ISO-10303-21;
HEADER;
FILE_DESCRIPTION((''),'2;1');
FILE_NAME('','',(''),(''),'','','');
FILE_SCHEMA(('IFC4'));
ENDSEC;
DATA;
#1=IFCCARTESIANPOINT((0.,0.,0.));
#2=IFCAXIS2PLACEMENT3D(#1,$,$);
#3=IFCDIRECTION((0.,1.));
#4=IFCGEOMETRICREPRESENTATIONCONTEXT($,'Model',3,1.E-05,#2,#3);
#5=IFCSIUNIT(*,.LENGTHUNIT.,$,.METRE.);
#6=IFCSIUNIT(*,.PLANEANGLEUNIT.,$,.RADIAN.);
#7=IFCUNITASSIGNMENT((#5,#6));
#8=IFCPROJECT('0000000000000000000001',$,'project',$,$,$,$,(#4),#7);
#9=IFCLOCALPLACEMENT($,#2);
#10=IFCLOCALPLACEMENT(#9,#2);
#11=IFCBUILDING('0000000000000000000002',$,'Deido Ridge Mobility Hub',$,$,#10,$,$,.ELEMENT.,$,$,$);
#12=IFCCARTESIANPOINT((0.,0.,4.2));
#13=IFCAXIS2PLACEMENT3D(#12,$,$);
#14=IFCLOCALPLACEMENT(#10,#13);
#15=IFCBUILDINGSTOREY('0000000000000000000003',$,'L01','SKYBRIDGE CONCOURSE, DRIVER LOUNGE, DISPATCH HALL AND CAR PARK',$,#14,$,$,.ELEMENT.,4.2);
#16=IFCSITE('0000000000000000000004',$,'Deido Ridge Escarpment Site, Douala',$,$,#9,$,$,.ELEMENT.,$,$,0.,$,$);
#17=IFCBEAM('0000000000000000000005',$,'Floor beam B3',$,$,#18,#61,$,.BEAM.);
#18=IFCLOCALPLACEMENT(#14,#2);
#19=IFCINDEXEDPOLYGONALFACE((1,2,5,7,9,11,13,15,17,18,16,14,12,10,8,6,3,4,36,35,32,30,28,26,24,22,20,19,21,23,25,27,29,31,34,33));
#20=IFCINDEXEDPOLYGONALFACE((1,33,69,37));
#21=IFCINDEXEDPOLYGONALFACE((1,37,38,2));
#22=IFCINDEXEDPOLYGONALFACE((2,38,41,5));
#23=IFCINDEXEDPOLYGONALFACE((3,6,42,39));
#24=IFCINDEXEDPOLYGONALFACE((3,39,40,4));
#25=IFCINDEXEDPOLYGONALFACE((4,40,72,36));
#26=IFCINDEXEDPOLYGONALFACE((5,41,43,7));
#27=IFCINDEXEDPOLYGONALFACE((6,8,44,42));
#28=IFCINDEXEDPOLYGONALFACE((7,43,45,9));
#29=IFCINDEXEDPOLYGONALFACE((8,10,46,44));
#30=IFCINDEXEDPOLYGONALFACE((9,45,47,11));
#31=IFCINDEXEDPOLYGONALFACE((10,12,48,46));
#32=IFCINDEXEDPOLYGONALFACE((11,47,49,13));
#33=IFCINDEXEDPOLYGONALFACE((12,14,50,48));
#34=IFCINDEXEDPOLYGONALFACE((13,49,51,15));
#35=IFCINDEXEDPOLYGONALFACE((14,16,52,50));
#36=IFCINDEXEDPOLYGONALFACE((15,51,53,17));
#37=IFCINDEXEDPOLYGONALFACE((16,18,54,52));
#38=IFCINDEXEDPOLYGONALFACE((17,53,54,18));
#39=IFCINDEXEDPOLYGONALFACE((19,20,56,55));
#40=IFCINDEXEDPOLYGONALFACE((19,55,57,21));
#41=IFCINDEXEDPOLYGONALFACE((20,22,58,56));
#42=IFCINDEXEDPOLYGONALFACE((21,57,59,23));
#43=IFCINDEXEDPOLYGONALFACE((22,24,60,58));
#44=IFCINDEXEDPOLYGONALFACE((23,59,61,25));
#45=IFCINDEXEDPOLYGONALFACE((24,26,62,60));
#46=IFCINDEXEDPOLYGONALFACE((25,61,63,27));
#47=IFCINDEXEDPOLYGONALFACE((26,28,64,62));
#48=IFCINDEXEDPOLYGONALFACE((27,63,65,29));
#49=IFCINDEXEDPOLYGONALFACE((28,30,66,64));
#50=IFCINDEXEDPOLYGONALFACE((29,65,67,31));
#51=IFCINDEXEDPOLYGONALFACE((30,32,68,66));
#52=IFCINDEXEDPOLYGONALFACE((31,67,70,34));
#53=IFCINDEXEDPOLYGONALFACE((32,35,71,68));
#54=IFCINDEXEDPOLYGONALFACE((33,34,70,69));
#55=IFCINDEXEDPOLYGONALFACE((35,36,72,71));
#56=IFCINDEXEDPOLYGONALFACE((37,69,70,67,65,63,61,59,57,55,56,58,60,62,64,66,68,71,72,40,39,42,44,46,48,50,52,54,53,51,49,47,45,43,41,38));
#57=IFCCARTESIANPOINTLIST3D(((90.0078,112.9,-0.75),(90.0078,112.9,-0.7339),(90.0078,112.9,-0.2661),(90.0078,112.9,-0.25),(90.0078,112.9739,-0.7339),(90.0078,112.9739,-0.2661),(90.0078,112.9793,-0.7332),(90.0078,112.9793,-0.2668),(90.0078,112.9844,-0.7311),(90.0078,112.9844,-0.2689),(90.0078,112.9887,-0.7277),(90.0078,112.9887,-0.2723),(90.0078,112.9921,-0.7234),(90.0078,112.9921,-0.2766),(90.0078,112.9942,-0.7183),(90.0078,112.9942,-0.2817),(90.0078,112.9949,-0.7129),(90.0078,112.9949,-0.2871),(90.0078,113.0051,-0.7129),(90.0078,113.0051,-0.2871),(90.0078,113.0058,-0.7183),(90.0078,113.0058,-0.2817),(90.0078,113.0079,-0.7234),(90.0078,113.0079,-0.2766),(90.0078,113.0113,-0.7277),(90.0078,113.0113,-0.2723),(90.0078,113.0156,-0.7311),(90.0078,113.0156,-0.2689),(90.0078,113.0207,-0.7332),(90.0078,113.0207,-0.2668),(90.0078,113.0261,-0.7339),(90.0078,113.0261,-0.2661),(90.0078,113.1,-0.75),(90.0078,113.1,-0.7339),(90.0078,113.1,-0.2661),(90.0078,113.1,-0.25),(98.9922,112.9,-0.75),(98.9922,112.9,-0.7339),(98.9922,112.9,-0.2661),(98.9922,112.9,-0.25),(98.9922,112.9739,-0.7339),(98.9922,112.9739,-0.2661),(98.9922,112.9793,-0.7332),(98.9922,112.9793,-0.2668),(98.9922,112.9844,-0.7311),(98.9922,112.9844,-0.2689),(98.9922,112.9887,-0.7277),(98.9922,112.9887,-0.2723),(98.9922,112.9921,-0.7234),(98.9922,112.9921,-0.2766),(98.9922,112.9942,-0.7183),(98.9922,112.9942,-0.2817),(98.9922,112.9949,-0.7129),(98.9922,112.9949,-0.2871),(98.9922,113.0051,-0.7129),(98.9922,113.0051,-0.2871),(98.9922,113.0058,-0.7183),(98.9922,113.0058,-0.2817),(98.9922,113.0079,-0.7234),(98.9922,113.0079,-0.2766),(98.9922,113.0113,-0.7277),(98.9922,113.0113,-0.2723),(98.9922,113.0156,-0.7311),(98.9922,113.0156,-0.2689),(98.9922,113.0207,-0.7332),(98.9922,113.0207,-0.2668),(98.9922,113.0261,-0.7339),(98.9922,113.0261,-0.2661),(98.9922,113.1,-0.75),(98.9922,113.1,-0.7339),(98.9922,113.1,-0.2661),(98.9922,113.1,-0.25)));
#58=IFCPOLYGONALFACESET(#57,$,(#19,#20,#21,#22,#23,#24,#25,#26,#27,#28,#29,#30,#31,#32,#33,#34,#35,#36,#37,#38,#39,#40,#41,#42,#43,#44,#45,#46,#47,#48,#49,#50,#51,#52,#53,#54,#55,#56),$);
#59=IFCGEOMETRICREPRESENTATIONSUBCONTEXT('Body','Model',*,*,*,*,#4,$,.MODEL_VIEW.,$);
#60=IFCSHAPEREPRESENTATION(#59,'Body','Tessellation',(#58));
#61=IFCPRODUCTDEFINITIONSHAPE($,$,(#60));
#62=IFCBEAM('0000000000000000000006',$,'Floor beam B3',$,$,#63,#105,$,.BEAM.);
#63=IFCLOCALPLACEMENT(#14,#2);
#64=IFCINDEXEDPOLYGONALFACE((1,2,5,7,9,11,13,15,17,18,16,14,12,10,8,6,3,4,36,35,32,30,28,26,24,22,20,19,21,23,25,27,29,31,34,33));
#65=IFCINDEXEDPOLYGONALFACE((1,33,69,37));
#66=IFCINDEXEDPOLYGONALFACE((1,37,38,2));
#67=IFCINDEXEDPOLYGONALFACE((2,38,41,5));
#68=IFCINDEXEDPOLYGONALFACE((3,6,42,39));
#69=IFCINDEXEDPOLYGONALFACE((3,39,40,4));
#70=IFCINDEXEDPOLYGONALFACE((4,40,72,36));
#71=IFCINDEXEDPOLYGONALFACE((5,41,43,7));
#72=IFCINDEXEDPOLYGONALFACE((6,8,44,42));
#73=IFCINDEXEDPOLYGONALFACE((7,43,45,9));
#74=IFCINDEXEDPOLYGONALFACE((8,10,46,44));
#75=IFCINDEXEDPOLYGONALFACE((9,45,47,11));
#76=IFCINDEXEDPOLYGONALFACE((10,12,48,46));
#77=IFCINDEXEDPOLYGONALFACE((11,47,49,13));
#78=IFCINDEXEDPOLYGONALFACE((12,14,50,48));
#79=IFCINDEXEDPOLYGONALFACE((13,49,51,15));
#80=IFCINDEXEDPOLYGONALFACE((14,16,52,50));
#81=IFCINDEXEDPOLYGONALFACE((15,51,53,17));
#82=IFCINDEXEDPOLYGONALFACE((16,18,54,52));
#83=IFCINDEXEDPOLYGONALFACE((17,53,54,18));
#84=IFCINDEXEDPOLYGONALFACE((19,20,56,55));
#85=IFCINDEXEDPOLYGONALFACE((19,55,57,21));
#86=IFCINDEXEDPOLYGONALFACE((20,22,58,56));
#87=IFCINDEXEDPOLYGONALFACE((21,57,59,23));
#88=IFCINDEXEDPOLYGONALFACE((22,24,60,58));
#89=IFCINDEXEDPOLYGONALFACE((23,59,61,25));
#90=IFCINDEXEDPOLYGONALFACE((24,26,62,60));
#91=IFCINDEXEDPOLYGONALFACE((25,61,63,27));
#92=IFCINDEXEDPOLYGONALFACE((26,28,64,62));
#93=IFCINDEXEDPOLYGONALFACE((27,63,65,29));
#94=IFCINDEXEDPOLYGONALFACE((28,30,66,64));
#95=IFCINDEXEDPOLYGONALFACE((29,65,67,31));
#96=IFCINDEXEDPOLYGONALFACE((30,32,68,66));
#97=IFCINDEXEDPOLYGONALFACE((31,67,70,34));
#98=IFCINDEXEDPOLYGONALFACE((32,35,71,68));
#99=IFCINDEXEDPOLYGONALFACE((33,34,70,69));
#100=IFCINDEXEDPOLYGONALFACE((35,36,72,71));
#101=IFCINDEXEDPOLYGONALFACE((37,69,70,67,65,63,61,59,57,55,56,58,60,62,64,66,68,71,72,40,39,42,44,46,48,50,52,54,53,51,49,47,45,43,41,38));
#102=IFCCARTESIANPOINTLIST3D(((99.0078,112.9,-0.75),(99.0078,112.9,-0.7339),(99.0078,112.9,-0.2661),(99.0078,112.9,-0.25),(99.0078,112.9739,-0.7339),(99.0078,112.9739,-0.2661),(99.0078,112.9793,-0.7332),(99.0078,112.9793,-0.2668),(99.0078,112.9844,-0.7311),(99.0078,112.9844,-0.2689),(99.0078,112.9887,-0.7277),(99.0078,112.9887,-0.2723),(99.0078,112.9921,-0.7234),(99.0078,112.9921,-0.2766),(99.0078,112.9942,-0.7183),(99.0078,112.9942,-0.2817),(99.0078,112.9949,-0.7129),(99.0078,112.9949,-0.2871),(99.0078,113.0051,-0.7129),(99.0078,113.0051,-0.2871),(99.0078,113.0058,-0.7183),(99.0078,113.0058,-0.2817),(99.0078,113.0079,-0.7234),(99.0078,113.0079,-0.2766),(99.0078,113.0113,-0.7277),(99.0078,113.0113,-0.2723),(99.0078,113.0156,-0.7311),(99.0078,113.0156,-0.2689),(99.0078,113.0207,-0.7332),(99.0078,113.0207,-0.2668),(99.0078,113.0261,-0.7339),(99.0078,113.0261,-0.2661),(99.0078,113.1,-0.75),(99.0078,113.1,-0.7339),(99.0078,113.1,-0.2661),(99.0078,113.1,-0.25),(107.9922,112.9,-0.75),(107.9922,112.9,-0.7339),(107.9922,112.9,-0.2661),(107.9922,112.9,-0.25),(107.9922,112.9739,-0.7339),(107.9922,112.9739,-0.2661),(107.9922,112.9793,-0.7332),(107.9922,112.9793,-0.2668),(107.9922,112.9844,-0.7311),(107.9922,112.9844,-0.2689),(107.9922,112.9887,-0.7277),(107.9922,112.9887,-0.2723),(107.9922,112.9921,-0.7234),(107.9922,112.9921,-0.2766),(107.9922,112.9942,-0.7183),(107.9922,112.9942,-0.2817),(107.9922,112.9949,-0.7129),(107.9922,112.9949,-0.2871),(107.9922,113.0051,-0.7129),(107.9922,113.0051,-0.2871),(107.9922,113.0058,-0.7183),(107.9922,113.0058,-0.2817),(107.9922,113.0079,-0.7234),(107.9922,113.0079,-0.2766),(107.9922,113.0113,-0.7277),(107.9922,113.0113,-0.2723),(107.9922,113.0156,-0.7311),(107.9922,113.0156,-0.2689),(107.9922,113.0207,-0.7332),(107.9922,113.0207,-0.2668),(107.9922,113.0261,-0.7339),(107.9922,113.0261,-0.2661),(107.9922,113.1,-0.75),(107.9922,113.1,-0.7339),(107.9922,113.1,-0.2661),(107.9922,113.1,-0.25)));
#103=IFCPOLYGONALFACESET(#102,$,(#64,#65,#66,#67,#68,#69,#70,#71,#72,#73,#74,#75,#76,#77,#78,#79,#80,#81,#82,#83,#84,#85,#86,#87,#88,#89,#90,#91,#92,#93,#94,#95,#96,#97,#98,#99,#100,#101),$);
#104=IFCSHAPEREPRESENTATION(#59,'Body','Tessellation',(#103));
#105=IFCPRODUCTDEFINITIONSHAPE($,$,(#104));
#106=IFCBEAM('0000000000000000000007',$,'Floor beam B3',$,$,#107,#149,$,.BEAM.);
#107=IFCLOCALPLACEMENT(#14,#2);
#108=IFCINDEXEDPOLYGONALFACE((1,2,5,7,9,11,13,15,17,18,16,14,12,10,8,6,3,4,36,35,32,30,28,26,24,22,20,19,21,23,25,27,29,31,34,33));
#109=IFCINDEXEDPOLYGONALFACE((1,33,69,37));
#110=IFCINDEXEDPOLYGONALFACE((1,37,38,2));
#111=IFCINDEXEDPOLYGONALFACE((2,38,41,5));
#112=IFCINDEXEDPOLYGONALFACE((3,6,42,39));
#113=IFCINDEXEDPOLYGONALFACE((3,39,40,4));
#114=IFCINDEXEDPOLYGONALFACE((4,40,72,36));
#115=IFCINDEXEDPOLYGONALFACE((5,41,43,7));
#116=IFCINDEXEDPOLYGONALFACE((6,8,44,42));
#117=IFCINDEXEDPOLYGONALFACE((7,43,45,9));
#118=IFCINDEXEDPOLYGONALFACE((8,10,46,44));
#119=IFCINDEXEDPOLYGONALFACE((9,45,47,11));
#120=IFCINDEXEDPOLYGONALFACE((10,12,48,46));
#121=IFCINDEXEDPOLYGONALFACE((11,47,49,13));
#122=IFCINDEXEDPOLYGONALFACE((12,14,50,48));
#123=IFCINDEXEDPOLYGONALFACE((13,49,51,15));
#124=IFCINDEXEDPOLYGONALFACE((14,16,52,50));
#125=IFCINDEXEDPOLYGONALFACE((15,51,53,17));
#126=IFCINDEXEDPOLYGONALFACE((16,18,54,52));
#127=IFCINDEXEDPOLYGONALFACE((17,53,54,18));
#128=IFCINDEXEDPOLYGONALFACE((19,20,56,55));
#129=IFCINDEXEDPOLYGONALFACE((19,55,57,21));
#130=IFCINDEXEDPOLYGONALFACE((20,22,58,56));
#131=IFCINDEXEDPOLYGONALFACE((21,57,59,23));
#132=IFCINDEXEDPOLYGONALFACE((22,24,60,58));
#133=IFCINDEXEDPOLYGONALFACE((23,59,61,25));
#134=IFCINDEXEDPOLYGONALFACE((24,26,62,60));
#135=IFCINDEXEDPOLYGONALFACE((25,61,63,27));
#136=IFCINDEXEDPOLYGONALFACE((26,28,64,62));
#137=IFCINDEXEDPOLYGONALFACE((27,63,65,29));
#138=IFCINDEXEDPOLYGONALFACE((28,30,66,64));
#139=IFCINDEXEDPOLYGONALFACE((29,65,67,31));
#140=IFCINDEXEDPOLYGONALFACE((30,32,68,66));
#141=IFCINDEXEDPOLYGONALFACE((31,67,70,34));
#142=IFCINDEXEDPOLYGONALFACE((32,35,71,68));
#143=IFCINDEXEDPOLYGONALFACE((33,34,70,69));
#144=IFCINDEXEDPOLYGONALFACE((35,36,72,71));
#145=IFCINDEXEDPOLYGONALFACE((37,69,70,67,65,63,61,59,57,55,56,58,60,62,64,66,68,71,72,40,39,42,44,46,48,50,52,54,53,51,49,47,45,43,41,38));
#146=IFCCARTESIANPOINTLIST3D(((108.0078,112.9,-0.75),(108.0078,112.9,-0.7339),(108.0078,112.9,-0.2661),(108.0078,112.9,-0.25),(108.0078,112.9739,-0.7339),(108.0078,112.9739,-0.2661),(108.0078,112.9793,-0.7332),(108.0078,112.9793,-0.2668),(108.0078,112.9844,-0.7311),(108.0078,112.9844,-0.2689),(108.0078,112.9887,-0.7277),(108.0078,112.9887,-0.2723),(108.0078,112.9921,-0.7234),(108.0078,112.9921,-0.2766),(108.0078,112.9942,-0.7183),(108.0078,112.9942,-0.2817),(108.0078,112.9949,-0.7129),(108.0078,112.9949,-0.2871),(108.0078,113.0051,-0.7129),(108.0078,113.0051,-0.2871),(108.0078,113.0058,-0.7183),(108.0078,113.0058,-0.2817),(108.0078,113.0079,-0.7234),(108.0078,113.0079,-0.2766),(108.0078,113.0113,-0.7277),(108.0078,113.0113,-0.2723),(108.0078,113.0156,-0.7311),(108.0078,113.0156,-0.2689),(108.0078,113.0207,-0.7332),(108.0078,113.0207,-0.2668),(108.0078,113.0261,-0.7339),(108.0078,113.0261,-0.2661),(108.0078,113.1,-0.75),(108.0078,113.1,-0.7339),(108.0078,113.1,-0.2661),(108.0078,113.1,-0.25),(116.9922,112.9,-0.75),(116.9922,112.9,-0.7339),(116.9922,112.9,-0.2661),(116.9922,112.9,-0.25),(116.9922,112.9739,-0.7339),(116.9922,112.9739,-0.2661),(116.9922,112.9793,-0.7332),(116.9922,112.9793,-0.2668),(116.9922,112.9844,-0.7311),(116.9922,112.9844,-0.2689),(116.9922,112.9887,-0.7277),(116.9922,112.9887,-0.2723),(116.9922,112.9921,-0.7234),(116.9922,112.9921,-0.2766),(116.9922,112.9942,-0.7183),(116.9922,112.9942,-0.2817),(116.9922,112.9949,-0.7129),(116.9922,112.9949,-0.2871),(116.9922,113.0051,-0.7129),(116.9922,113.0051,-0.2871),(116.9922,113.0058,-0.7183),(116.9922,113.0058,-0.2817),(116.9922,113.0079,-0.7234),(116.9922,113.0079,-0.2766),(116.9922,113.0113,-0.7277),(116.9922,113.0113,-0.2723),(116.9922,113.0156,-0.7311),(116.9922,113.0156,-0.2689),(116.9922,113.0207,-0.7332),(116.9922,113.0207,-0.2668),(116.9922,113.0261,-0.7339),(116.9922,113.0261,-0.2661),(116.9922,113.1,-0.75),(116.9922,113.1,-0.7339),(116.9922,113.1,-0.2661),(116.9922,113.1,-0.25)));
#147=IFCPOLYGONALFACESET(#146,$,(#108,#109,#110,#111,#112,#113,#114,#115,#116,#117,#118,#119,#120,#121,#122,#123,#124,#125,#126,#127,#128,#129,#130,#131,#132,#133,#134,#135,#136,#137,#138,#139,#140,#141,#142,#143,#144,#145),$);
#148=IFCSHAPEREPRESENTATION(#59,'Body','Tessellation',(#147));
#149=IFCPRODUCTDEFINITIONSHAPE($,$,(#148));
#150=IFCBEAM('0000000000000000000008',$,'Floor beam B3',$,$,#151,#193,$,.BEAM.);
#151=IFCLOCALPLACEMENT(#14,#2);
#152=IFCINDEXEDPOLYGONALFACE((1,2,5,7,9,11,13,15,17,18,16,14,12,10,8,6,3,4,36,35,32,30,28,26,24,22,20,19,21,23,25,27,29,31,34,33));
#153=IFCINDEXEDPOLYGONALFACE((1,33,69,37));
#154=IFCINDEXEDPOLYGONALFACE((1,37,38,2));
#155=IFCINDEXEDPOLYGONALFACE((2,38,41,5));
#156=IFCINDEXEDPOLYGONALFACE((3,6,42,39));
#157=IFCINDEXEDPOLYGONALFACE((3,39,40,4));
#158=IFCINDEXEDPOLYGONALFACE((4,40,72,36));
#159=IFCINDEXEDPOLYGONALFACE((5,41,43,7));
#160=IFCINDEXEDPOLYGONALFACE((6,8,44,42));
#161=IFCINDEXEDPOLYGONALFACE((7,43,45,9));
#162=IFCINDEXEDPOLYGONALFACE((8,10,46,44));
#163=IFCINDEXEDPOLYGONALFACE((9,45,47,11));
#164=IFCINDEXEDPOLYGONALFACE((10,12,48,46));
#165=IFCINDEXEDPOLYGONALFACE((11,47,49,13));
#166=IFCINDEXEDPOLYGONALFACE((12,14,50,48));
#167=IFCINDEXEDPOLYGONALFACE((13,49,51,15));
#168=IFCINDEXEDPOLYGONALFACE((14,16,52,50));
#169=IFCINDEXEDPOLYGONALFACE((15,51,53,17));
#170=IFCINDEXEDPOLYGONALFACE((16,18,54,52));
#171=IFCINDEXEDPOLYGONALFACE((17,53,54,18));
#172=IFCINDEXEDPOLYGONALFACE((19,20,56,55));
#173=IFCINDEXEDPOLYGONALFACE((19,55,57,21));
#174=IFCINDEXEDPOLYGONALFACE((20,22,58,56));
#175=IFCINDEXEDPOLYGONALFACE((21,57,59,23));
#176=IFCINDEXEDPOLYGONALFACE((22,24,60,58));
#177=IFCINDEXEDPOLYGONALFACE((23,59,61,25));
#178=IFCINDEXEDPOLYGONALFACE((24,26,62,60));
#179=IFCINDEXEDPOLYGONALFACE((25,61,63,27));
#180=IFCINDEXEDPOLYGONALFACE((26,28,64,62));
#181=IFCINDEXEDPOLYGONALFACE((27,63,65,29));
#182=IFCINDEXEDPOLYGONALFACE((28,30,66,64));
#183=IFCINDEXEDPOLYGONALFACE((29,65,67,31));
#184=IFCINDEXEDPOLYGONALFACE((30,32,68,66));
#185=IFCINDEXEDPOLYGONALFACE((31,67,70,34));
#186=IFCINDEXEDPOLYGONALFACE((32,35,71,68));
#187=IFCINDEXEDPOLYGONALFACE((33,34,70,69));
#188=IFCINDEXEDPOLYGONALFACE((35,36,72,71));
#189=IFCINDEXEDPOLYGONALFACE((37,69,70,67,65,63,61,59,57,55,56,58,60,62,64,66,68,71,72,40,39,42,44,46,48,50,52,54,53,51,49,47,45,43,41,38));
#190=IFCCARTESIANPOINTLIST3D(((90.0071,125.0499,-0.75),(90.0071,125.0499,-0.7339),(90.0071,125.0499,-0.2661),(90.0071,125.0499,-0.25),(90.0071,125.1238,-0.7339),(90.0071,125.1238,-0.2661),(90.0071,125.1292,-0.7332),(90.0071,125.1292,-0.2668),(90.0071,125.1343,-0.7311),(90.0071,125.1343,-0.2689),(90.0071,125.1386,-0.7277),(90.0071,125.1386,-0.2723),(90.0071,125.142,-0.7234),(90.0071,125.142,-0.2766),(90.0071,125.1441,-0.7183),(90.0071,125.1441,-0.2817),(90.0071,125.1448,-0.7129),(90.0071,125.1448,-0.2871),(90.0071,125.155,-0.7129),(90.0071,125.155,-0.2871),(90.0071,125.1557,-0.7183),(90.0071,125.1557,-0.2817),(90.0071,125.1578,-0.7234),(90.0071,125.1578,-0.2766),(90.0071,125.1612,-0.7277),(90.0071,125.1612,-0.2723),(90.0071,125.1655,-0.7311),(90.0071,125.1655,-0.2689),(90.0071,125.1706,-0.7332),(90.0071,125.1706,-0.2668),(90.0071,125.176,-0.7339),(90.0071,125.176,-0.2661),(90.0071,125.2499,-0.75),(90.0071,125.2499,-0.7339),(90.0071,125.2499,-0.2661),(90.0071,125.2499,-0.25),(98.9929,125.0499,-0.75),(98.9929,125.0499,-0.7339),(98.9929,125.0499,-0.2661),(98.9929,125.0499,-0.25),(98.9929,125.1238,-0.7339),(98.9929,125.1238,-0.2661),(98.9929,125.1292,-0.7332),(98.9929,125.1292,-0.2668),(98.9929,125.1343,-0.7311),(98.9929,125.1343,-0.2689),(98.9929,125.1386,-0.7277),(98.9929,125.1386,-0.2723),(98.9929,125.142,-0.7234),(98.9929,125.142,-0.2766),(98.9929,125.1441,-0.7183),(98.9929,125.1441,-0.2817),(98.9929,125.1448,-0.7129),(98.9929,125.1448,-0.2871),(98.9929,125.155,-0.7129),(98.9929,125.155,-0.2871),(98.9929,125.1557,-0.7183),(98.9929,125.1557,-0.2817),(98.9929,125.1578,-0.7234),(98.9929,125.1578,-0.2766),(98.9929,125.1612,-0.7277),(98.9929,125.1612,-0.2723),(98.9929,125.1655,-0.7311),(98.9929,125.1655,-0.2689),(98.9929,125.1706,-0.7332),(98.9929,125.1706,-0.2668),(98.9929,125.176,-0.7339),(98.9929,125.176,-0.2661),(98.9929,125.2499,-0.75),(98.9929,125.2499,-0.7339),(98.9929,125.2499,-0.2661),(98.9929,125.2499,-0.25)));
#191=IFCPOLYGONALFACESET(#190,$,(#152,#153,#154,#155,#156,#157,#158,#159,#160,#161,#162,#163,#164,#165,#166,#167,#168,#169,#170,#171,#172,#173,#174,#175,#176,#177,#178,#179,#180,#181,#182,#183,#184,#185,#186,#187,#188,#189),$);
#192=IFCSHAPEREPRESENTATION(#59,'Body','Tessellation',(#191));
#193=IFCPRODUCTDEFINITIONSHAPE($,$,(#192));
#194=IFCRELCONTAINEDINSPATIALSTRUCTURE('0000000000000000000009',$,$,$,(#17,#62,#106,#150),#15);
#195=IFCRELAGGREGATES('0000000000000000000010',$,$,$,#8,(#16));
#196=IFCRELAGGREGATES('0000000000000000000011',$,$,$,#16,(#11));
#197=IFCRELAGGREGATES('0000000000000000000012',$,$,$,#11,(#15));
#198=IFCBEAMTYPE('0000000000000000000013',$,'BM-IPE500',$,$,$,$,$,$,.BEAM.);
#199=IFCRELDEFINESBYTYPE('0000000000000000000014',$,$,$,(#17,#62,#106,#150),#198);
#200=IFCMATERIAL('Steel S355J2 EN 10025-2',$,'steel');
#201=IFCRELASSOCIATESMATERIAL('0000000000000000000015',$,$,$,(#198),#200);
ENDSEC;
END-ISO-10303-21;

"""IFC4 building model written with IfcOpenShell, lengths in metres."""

from ifc_helpers import new_model, si_unit, direction, frame, origin, origin_2d, place, context, subcontext, project, spatial, i_section, extrude, material, material_profile, profile_set, type_object, element, save


model = new_model("IFC4")

# Units and contexts
model_context = context("Model", 3, precision=1e-05, world=origin(), true_north=direction((0.0, 1.0)))
body_context = subcontext(model_context, "Body", "Model", "MODEL_VIEW")
ifc_project = project(units=[si_unit("LENGTHUNIT", "METRE"), si_unit("PLANEANGLEUNIT", "RADIAN")], contexts=[model_context])

# Site, building, storey
site_placement = place(None, origin())
site = spatial("IfcSite", under=ifc_project, at=site_placement, Name="Deido Ridge Escarpment Site, Douala", CompositionType="ELEMENT", RefElevation=0.0)
building_placement = place(site_placement, origin())
building = spatial("IfcBuilding", under=site, at=building_placement, Name="Deido Ridge Mobility Hub", CompositionType="ELEMENT")
storey_placement = place(building_placement, frame((0.0, 0.0, 4.2)))
storey = spatial("IfcBuildingStorey", under=building, at=storey_placement, Name="L01", Description="SKYBRIDGE CONCOURSE, DRIVER LOUNGE, DISPATCH HALL AND CAR PARK", CompositionType="ELEMENT", Elevation=4.2)

# Shared definitions
ifc_material_1 = material(Name="Steel S355J2 EN 10025-2", Category="steel")

# Beams
ifc_material_profile_1 = material_profile(ifc_material_1, i_section(OverallWidth=0.2, OverallDepth=0.5, WebThickness=0.0103, FlangeThickness=0.0161, FilletRadius=0.021, at=origin_2d()), Name="IPE 500")
ifc_profile_set_1 = profile_set([ifc_material_profile_1], Name="Steel S355J2 EN 10025-2")
beam_type_1 = type_object("IfcBeamType", Name="BM-IPE500", PredefinedType="BEAM", material=ifc_profile_set_1)
for number, where, z_axis, x_axis, name in (
    (1, (90.0078, 113.0, -0.5), (1.0, 0.0, 0.0), (0.0, 1.0, 0.0), "Floor beam B3"),
    (2, (99.0078, 113.0, -0.5), (1.0, 0.0, 0.0), (0.0, 1.0, 0.0), "Floor beam B3"),
    (3, (108.0078, 113.0, -0.5), (1.0, 0.0, 0.0), (0.0, 1.0, 0.0), "Floor beam B3"),
):
    element("IfcBeam", number, at=place(storey_placement, frame(where, z_axis=z_axis, x_axis=x_axis)), inside=storey, type_object=beam_type_1, Name=name, PredefinedType="BEAM", context=body_context, shape_type="SweptSolid", body=[
        extrude(i_section(OverallWidth=0.2, OverallDepth=0.5, WebThickness=0.0103, FlangeThickness=0.0161, FilletRadius=0.021, at=origin_2d()), origin(), (0.0, 0.0, 1.0), 8.9844),
    ])
for number, where, z_axis, x_axis, name in (
    (4, (90.0071, 125.1499, -0.5), (1.0, 0.0, 0.0), (0.0, 1.0, 0.0), "Floor beam B3"),
):
    element("IfcBeam", number, at=place(storey_placement, frame(where, z_axis=z_axis, x_axis=x_axis)), inside=storey, type_object=beam_type_1, Name=name, PredefinedType="BEAM", context=body_context, shape_type="SweptSolid", body=[
        extrude(i_section(OverallWidth=0.2, OverallDepth=0.5, WebThickness=0.0103, FlangeThickness=0.0161, FilletRadius=0.021, at=origin_2d()), origin(), (0.0, 0.0, 1.0), 8.9858),
    ])

save(model, "model.ifc")
